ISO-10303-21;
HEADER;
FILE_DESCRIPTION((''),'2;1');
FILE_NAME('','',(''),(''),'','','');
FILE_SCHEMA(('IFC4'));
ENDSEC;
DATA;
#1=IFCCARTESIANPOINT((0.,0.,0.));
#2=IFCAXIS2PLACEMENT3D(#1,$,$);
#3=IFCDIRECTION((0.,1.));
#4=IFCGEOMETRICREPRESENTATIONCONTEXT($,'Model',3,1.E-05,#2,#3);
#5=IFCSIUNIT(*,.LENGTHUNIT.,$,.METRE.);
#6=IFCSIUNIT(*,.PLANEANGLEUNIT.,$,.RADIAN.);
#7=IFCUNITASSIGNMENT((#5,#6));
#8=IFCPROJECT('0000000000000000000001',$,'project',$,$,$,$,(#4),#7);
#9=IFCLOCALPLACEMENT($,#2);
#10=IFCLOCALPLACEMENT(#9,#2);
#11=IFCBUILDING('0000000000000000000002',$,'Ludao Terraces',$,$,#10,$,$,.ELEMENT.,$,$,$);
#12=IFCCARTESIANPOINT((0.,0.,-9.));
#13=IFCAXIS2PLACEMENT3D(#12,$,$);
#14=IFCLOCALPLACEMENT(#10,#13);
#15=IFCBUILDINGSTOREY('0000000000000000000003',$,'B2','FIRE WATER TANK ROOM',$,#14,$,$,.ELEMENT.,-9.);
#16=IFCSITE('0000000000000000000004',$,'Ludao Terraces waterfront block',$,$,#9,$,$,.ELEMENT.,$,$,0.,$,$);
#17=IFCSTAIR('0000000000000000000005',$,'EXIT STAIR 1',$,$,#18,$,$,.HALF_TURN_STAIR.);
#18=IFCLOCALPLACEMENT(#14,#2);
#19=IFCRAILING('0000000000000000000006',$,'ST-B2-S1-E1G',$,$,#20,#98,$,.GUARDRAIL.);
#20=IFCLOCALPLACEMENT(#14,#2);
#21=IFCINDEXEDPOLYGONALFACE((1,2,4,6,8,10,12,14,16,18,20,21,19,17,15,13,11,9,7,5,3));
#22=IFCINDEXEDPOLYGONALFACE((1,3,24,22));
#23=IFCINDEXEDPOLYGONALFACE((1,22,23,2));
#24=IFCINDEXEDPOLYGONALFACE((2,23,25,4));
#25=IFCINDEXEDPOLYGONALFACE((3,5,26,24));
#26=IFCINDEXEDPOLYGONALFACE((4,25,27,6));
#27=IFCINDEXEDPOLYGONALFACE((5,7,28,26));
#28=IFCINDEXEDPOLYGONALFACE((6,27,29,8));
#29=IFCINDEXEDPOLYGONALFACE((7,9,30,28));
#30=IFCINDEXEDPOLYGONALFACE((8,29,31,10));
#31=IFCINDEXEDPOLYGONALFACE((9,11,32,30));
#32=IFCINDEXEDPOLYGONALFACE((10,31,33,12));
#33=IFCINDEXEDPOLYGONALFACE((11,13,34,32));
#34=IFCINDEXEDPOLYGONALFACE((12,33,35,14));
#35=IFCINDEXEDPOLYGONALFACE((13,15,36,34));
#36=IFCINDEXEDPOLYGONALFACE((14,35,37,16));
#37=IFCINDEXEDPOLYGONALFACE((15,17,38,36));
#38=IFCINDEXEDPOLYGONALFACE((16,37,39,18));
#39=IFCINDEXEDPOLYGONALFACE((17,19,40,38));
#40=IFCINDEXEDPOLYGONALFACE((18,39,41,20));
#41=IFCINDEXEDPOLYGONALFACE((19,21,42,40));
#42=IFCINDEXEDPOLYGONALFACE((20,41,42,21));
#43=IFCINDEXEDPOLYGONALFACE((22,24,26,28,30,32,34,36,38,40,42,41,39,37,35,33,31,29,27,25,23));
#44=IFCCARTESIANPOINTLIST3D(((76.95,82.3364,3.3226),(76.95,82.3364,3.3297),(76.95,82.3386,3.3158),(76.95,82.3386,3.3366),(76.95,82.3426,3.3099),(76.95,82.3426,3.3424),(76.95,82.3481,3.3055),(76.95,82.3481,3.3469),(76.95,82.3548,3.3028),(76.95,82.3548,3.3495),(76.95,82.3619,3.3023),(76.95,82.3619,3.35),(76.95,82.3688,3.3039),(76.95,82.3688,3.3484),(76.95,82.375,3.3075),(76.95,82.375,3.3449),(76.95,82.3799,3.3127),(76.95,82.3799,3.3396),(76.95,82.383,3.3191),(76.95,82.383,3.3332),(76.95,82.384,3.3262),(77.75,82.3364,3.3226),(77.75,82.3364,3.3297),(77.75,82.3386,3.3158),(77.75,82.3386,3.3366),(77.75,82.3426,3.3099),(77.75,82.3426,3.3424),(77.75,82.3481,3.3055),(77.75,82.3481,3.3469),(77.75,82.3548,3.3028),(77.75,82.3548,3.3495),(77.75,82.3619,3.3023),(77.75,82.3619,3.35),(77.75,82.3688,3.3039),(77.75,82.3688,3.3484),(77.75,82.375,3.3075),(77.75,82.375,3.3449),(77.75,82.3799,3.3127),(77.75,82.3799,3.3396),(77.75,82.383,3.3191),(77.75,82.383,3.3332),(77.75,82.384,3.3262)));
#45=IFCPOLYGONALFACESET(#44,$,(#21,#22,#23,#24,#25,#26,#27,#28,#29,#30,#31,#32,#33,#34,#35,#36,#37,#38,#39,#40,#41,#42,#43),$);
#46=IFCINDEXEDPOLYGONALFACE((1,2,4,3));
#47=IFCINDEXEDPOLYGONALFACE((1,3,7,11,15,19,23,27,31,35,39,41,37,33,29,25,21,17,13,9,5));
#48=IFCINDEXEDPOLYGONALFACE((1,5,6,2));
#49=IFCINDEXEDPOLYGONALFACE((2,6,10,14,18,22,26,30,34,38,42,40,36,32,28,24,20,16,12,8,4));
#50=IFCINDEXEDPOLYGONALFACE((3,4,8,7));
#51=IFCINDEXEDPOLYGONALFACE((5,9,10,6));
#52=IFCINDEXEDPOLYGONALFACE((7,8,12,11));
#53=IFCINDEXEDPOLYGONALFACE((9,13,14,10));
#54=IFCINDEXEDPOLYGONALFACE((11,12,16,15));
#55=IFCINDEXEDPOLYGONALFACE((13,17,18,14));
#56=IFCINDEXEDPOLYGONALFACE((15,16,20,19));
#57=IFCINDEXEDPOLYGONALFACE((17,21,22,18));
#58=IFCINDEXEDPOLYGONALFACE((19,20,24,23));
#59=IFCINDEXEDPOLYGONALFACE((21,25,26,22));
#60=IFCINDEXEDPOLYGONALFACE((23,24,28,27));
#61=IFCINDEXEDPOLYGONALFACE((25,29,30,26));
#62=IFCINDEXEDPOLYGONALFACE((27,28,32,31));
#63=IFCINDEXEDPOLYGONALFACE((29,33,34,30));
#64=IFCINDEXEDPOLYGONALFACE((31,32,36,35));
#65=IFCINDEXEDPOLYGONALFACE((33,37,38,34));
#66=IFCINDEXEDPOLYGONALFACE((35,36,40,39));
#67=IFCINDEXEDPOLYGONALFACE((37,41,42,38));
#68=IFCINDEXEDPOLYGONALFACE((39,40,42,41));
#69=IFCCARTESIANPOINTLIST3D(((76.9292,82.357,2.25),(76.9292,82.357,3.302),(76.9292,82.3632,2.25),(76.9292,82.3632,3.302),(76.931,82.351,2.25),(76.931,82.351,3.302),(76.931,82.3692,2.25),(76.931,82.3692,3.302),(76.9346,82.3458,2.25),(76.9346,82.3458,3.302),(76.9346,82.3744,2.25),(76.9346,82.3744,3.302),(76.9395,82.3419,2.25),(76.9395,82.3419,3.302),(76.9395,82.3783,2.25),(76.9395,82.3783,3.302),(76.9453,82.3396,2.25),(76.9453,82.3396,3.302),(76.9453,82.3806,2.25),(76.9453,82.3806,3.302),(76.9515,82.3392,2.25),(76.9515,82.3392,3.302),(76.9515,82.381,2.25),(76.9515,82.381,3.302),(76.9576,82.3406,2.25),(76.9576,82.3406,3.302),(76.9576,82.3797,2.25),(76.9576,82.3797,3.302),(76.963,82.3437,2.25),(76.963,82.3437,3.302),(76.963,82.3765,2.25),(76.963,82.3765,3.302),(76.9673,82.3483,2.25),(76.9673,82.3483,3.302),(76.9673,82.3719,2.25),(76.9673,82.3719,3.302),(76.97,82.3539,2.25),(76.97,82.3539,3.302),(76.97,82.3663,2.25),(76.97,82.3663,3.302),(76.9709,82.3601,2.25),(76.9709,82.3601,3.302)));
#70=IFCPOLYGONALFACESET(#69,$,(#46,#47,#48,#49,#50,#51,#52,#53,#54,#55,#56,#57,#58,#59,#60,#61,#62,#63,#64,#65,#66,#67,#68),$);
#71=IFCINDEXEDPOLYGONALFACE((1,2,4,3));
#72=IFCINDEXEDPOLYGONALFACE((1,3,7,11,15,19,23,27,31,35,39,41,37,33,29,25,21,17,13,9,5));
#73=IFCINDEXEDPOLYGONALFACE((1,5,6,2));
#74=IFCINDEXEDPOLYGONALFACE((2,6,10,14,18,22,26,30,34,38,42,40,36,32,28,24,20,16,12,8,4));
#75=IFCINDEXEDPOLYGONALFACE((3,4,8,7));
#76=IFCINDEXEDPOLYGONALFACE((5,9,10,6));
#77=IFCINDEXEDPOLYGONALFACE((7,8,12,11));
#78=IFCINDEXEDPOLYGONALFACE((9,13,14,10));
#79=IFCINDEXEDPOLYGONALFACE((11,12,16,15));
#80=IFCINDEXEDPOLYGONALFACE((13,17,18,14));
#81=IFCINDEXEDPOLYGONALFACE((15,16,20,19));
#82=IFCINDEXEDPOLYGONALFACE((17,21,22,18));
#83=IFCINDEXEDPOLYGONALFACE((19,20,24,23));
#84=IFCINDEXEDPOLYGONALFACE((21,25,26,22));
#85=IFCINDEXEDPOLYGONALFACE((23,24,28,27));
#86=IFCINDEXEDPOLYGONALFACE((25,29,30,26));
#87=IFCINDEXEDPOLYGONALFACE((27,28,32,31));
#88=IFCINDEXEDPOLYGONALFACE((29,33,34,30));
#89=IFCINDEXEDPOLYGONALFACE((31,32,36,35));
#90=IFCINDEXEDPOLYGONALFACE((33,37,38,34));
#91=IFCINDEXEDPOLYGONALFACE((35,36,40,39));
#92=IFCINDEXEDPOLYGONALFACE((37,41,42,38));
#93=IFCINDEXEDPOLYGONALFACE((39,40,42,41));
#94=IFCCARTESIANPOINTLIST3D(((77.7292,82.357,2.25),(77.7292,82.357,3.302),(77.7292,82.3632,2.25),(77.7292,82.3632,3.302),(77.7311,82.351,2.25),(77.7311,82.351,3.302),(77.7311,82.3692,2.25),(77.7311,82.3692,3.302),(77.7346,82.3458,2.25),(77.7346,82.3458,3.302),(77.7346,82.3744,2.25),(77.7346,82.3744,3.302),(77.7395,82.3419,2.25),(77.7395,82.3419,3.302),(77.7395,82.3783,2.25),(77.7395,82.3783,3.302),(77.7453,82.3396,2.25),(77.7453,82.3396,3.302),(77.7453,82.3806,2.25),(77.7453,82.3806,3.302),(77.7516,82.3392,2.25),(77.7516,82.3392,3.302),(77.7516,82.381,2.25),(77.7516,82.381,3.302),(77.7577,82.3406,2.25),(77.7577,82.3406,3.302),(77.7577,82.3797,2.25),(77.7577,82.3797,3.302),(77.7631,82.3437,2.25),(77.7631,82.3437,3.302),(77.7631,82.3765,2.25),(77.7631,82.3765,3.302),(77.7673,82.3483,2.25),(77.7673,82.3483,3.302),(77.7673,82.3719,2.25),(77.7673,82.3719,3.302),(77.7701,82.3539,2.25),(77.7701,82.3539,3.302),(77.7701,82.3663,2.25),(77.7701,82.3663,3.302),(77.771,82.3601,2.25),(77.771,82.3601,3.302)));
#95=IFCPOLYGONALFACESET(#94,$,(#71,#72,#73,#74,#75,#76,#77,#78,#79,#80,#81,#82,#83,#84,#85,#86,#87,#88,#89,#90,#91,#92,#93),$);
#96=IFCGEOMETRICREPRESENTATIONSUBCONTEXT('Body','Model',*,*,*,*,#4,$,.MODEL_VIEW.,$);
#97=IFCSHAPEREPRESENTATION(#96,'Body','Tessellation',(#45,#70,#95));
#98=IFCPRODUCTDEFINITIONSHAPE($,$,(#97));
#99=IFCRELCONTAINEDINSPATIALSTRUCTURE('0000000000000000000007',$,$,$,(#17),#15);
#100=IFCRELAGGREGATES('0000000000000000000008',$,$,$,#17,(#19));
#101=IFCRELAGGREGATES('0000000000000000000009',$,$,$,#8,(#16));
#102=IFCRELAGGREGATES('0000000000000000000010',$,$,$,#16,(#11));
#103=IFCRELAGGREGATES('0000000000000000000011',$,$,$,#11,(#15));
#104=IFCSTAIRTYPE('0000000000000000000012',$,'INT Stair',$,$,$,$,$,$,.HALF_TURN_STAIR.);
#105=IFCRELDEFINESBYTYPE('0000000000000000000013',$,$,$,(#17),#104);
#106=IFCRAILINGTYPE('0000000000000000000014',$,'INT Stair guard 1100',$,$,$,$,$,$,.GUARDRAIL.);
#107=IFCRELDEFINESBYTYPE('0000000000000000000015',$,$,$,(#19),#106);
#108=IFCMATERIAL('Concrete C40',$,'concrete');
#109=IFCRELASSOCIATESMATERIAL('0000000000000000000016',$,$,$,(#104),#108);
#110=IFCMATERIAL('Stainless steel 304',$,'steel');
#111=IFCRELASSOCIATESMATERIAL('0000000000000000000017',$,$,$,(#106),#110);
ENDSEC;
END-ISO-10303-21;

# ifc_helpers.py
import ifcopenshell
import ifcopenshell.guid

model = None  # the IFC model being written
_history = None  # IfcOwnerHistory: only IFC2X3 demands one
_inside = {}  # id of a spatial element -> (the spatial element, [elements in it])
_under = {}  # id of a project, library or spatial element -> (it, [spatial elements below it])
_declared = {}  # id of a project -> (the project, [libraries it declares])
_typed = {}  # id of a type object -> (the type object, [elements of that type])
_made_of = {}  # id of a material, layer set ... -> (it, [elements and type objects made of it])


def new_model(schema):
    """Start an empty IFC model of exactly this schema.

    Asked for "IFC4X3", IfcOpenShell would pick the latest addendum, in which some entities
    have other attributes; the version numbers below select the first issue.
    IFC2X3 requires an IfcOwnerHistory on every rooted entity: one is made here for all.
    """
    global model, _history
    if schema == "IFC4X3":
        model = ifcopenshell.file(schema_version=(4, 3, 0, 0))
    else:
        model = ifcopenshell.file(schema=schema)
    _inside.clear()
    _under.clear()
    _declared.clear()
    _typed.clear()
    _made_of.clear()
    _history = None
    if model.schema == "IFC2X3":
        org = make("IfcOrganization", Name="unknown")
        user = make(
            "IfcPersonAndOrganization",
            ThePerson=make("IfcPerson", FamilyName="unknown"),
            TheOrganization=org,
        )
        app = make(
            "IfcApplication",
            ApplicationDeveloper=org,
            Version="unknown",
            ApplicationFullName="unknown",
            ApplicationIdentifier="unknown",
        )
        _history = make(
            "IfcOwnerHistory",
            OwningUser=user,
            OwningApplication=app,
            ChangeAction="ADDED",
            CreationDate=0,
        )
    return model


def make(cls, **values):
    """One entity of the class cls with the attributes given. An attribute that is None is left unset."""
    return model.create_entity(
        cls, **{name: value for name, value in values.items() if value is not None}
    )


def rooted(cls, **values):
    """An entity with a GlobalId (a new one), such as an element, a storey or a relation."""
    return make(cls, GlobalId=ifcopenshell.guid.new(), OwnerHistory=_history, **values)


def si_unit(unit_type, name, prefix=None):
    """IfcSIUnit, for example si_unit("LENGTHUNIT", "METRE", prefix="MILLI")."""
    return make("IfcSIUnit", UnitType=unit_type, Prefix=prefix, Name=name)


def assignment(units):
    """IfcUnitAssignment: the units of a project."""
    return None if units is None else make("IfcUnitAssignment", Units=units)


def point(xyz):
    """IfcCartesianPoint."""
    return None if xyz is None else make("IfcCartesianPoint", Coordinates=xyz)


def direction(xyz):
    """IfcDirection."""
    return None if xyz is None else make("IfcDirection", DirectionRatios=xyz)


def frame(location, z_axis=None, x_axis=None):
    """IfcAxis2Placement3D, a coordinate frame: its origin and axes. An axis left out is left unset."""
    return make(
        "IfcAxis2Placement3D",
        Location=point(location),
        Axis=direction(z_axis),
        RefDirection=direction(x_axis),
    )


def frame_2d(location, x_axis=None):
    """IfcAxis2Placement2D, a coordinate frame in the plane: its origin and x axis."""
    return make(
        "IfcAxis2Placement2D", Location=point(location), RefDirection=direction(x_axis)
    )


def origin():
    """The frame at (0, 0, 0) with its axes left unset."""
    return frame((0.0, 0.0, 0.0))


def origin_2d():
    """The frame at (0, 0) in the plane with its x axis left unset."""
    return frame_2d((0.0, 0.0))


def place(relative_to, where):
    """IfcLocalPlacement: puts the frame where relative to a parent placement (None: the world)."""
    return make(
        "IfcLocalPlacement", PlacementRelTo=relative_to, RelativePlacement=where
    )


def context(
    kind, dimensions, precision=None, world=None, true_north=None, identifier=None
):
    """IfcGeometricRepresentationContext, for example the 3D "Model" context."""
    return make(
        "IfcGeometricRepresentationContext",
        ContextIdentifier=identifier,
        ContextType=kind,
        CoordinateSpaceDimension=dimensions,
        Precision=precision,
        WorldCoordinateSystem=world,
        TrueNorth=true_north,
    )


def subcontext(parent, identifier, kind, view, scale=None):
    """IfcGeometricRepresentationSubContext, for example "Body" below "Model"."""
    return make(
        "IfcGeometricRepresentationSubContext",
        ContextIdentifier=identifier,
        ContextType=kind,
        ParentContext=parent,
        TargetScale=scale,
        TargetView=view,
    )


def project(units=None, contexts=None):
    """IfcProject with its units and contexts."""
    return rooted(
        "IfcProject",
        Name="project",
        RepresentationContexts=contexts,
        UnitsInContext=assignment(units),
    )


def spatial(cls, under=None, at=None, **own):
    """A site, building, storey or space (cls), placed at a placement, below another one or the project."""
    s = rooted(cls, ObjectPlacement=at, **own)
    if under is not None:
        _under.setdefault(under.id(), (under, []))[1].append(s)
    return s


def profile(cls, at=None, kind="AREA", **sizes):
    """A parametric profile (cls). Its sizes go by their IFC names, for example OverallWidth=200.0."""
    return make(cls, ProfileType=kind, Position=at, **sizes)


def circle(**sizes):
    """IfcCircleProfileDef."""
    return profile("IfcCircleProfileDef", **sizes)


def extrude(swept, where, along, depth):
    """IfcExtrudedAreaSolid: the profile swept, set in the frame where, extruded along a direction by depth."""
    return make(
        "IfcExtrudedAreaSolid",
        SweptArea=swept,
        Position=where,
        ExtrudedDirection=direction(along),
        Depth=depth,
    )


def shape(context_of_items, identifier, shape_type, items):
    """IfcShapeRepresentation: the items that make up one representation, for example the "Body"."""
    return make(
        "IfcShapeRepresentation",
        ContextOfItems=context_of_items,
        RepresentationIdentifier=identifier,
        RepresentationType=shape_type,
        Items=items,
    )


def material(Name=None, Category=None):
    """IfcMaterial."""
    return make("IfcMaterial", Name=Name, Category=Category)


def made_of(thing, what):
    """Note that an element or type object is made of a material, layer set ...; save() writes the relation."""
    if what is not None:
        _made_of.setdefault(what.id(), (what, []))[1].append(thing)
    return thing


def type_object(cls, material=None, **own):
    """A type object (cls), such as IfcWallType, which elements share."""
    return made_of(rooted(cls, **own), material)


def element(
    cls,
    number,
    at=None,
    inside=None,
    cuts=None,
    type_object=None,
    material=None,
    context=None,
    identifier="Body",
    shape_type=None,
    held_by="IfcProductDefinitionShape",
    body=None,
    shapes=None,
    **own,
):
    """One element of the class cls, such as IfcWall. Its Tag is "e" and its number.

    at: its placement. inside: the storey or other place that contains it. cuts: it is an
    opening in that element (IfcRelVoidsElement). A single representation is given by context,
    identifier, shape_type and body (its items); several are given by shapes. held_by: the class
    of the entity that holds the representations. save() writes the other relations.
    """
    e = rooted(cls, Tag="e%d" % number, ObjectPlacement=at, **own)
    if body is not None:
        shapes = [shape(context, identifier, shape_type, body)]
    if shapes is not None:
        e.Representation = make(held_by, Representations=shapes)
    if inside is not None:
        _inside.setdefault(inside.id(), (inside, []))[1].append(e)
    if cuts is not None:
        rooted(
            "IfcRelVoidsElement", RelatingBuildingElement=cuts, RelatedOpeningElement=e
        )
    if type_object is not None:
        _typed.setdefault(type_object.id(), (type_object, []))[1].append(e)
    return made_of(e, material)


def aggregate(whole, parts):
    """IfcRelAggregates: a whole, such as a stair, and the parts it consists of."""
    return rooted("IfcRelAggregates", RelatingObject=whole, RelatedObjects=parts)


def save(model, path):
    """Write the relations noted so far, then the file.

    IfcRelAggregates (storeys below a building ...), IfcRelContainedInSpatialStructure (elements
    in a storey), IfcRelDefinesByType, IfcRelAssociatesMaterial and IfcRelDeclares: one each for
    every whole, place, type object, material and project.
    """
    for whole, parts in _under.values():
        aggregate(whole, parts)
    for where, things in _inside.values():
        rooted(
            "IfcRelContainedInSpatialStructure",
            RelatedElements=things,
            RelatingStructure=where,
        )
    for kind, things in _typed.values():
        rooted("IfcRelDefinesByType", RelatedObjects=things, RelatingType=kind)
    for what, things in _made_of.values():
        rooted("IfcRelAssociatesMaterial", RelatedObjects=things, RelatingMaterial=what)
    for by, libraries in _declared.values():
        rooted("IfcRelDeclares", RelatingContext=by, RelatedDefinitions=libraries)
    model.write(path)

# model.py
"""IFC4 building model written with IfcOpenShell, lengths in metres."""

from ifc_helpers import new_model, si_unit, direction, frame, origin, origin_2d, place, context, subcontext, project, spatial, circle, extrude, material, type_object, element, aggregate, save


model = new_model("IFC4")

# Units and contexts
model_context = context("Model", 3, precision=1e-05, world=origin(), true_north=direction((0.0, 1.0)))
body_context = subcontext(model_context, "Body", "Model", "MODEL_VIEW")
ifc_project = project(units=[si_unit("LENGTHUNIT", "METRE"), si_unit("PLANEANGLEUNIT", "RADIAN")], contexts=[model_context])

# Site, building, storey
site_placement = place(None, origin())
site = spatial("IfcSite", under=ifc_project, at=site_placement, Name="Ludao Terraces waterfront block", CompositionType="ELEMENT", RefElevation=0.0)
building_placement = place(site_placement, origin())
building = spatial("IfcBuilding", under=site, at=building_placement, Name="Ludao Terraces", CompositionType="ELEMENT")
storey_placement = place(building_placement, frame((0.0, 0.0, -9.0)))
storey = spatial("IfcBuildingStorey", under=building, at=storey_placement, Name="B2", Description="FIRE WATER TANK ROOM", CompositionType="ELEMENT", Elevation=-9.0)

# Shared definitions
ifc_material_1 = material(Name="Concrete C40", Category="concrete")

# Stair, railing
stair_type = type_object("IfcStairType", Name="INT Stair", PredefinedType="HALF_TURN_STAIR", material=ifc_material_1)
stair_placement = place(storey_placement, origin())
stair = element("IfcStair", 1, at=stair_placement, inside=storey, type_object=stair_type, Name="EXIT STAIR 1", PredefinedType="HALF_TURN_STAIR")
ifc_material_2 = material(Name="Stainless steel 304", Category="steel")
railing_type_1 = type_object("IfcRailingType", Name="INT Stair guard 1100", PredefinedType="GUARDRAIL", material=ifc_material_2)
railing_1_placement = place(storey_placement, frame((76.95, 82.3601, 2.25)))
railing_1 = element("IfcRailing", 2, at=railing_1_placement, type_object=railing_type_1, Name="ST-B2-S1-E1G", PredefinedType="GUARDRAIL", context=body_context, shape_type="SweptSolid", body=[
    extrude(circle(Radius=0.0239, at=origin_2d()), frame((0.0, 0.0, 1.0762), z_axis=(1.0, 0.0, 0.0), x_axis=(0.0, 1.0, 0.0)), (0.0, 0.0, 1.0), 0.8),
    extrude(circle(Radius=0.021, at=origin_2d()), origin(), (0.0, 0.0, 1.0), 1.052),
    extrude(circle(Radius=0.021, at=origin_2d()), frame((0.8, 0.0, 0.0)), (0.0, 0.0, 1.0), 1.052),
])
aggregate(stair, [railing_1])

save(model, "model.ifc")
